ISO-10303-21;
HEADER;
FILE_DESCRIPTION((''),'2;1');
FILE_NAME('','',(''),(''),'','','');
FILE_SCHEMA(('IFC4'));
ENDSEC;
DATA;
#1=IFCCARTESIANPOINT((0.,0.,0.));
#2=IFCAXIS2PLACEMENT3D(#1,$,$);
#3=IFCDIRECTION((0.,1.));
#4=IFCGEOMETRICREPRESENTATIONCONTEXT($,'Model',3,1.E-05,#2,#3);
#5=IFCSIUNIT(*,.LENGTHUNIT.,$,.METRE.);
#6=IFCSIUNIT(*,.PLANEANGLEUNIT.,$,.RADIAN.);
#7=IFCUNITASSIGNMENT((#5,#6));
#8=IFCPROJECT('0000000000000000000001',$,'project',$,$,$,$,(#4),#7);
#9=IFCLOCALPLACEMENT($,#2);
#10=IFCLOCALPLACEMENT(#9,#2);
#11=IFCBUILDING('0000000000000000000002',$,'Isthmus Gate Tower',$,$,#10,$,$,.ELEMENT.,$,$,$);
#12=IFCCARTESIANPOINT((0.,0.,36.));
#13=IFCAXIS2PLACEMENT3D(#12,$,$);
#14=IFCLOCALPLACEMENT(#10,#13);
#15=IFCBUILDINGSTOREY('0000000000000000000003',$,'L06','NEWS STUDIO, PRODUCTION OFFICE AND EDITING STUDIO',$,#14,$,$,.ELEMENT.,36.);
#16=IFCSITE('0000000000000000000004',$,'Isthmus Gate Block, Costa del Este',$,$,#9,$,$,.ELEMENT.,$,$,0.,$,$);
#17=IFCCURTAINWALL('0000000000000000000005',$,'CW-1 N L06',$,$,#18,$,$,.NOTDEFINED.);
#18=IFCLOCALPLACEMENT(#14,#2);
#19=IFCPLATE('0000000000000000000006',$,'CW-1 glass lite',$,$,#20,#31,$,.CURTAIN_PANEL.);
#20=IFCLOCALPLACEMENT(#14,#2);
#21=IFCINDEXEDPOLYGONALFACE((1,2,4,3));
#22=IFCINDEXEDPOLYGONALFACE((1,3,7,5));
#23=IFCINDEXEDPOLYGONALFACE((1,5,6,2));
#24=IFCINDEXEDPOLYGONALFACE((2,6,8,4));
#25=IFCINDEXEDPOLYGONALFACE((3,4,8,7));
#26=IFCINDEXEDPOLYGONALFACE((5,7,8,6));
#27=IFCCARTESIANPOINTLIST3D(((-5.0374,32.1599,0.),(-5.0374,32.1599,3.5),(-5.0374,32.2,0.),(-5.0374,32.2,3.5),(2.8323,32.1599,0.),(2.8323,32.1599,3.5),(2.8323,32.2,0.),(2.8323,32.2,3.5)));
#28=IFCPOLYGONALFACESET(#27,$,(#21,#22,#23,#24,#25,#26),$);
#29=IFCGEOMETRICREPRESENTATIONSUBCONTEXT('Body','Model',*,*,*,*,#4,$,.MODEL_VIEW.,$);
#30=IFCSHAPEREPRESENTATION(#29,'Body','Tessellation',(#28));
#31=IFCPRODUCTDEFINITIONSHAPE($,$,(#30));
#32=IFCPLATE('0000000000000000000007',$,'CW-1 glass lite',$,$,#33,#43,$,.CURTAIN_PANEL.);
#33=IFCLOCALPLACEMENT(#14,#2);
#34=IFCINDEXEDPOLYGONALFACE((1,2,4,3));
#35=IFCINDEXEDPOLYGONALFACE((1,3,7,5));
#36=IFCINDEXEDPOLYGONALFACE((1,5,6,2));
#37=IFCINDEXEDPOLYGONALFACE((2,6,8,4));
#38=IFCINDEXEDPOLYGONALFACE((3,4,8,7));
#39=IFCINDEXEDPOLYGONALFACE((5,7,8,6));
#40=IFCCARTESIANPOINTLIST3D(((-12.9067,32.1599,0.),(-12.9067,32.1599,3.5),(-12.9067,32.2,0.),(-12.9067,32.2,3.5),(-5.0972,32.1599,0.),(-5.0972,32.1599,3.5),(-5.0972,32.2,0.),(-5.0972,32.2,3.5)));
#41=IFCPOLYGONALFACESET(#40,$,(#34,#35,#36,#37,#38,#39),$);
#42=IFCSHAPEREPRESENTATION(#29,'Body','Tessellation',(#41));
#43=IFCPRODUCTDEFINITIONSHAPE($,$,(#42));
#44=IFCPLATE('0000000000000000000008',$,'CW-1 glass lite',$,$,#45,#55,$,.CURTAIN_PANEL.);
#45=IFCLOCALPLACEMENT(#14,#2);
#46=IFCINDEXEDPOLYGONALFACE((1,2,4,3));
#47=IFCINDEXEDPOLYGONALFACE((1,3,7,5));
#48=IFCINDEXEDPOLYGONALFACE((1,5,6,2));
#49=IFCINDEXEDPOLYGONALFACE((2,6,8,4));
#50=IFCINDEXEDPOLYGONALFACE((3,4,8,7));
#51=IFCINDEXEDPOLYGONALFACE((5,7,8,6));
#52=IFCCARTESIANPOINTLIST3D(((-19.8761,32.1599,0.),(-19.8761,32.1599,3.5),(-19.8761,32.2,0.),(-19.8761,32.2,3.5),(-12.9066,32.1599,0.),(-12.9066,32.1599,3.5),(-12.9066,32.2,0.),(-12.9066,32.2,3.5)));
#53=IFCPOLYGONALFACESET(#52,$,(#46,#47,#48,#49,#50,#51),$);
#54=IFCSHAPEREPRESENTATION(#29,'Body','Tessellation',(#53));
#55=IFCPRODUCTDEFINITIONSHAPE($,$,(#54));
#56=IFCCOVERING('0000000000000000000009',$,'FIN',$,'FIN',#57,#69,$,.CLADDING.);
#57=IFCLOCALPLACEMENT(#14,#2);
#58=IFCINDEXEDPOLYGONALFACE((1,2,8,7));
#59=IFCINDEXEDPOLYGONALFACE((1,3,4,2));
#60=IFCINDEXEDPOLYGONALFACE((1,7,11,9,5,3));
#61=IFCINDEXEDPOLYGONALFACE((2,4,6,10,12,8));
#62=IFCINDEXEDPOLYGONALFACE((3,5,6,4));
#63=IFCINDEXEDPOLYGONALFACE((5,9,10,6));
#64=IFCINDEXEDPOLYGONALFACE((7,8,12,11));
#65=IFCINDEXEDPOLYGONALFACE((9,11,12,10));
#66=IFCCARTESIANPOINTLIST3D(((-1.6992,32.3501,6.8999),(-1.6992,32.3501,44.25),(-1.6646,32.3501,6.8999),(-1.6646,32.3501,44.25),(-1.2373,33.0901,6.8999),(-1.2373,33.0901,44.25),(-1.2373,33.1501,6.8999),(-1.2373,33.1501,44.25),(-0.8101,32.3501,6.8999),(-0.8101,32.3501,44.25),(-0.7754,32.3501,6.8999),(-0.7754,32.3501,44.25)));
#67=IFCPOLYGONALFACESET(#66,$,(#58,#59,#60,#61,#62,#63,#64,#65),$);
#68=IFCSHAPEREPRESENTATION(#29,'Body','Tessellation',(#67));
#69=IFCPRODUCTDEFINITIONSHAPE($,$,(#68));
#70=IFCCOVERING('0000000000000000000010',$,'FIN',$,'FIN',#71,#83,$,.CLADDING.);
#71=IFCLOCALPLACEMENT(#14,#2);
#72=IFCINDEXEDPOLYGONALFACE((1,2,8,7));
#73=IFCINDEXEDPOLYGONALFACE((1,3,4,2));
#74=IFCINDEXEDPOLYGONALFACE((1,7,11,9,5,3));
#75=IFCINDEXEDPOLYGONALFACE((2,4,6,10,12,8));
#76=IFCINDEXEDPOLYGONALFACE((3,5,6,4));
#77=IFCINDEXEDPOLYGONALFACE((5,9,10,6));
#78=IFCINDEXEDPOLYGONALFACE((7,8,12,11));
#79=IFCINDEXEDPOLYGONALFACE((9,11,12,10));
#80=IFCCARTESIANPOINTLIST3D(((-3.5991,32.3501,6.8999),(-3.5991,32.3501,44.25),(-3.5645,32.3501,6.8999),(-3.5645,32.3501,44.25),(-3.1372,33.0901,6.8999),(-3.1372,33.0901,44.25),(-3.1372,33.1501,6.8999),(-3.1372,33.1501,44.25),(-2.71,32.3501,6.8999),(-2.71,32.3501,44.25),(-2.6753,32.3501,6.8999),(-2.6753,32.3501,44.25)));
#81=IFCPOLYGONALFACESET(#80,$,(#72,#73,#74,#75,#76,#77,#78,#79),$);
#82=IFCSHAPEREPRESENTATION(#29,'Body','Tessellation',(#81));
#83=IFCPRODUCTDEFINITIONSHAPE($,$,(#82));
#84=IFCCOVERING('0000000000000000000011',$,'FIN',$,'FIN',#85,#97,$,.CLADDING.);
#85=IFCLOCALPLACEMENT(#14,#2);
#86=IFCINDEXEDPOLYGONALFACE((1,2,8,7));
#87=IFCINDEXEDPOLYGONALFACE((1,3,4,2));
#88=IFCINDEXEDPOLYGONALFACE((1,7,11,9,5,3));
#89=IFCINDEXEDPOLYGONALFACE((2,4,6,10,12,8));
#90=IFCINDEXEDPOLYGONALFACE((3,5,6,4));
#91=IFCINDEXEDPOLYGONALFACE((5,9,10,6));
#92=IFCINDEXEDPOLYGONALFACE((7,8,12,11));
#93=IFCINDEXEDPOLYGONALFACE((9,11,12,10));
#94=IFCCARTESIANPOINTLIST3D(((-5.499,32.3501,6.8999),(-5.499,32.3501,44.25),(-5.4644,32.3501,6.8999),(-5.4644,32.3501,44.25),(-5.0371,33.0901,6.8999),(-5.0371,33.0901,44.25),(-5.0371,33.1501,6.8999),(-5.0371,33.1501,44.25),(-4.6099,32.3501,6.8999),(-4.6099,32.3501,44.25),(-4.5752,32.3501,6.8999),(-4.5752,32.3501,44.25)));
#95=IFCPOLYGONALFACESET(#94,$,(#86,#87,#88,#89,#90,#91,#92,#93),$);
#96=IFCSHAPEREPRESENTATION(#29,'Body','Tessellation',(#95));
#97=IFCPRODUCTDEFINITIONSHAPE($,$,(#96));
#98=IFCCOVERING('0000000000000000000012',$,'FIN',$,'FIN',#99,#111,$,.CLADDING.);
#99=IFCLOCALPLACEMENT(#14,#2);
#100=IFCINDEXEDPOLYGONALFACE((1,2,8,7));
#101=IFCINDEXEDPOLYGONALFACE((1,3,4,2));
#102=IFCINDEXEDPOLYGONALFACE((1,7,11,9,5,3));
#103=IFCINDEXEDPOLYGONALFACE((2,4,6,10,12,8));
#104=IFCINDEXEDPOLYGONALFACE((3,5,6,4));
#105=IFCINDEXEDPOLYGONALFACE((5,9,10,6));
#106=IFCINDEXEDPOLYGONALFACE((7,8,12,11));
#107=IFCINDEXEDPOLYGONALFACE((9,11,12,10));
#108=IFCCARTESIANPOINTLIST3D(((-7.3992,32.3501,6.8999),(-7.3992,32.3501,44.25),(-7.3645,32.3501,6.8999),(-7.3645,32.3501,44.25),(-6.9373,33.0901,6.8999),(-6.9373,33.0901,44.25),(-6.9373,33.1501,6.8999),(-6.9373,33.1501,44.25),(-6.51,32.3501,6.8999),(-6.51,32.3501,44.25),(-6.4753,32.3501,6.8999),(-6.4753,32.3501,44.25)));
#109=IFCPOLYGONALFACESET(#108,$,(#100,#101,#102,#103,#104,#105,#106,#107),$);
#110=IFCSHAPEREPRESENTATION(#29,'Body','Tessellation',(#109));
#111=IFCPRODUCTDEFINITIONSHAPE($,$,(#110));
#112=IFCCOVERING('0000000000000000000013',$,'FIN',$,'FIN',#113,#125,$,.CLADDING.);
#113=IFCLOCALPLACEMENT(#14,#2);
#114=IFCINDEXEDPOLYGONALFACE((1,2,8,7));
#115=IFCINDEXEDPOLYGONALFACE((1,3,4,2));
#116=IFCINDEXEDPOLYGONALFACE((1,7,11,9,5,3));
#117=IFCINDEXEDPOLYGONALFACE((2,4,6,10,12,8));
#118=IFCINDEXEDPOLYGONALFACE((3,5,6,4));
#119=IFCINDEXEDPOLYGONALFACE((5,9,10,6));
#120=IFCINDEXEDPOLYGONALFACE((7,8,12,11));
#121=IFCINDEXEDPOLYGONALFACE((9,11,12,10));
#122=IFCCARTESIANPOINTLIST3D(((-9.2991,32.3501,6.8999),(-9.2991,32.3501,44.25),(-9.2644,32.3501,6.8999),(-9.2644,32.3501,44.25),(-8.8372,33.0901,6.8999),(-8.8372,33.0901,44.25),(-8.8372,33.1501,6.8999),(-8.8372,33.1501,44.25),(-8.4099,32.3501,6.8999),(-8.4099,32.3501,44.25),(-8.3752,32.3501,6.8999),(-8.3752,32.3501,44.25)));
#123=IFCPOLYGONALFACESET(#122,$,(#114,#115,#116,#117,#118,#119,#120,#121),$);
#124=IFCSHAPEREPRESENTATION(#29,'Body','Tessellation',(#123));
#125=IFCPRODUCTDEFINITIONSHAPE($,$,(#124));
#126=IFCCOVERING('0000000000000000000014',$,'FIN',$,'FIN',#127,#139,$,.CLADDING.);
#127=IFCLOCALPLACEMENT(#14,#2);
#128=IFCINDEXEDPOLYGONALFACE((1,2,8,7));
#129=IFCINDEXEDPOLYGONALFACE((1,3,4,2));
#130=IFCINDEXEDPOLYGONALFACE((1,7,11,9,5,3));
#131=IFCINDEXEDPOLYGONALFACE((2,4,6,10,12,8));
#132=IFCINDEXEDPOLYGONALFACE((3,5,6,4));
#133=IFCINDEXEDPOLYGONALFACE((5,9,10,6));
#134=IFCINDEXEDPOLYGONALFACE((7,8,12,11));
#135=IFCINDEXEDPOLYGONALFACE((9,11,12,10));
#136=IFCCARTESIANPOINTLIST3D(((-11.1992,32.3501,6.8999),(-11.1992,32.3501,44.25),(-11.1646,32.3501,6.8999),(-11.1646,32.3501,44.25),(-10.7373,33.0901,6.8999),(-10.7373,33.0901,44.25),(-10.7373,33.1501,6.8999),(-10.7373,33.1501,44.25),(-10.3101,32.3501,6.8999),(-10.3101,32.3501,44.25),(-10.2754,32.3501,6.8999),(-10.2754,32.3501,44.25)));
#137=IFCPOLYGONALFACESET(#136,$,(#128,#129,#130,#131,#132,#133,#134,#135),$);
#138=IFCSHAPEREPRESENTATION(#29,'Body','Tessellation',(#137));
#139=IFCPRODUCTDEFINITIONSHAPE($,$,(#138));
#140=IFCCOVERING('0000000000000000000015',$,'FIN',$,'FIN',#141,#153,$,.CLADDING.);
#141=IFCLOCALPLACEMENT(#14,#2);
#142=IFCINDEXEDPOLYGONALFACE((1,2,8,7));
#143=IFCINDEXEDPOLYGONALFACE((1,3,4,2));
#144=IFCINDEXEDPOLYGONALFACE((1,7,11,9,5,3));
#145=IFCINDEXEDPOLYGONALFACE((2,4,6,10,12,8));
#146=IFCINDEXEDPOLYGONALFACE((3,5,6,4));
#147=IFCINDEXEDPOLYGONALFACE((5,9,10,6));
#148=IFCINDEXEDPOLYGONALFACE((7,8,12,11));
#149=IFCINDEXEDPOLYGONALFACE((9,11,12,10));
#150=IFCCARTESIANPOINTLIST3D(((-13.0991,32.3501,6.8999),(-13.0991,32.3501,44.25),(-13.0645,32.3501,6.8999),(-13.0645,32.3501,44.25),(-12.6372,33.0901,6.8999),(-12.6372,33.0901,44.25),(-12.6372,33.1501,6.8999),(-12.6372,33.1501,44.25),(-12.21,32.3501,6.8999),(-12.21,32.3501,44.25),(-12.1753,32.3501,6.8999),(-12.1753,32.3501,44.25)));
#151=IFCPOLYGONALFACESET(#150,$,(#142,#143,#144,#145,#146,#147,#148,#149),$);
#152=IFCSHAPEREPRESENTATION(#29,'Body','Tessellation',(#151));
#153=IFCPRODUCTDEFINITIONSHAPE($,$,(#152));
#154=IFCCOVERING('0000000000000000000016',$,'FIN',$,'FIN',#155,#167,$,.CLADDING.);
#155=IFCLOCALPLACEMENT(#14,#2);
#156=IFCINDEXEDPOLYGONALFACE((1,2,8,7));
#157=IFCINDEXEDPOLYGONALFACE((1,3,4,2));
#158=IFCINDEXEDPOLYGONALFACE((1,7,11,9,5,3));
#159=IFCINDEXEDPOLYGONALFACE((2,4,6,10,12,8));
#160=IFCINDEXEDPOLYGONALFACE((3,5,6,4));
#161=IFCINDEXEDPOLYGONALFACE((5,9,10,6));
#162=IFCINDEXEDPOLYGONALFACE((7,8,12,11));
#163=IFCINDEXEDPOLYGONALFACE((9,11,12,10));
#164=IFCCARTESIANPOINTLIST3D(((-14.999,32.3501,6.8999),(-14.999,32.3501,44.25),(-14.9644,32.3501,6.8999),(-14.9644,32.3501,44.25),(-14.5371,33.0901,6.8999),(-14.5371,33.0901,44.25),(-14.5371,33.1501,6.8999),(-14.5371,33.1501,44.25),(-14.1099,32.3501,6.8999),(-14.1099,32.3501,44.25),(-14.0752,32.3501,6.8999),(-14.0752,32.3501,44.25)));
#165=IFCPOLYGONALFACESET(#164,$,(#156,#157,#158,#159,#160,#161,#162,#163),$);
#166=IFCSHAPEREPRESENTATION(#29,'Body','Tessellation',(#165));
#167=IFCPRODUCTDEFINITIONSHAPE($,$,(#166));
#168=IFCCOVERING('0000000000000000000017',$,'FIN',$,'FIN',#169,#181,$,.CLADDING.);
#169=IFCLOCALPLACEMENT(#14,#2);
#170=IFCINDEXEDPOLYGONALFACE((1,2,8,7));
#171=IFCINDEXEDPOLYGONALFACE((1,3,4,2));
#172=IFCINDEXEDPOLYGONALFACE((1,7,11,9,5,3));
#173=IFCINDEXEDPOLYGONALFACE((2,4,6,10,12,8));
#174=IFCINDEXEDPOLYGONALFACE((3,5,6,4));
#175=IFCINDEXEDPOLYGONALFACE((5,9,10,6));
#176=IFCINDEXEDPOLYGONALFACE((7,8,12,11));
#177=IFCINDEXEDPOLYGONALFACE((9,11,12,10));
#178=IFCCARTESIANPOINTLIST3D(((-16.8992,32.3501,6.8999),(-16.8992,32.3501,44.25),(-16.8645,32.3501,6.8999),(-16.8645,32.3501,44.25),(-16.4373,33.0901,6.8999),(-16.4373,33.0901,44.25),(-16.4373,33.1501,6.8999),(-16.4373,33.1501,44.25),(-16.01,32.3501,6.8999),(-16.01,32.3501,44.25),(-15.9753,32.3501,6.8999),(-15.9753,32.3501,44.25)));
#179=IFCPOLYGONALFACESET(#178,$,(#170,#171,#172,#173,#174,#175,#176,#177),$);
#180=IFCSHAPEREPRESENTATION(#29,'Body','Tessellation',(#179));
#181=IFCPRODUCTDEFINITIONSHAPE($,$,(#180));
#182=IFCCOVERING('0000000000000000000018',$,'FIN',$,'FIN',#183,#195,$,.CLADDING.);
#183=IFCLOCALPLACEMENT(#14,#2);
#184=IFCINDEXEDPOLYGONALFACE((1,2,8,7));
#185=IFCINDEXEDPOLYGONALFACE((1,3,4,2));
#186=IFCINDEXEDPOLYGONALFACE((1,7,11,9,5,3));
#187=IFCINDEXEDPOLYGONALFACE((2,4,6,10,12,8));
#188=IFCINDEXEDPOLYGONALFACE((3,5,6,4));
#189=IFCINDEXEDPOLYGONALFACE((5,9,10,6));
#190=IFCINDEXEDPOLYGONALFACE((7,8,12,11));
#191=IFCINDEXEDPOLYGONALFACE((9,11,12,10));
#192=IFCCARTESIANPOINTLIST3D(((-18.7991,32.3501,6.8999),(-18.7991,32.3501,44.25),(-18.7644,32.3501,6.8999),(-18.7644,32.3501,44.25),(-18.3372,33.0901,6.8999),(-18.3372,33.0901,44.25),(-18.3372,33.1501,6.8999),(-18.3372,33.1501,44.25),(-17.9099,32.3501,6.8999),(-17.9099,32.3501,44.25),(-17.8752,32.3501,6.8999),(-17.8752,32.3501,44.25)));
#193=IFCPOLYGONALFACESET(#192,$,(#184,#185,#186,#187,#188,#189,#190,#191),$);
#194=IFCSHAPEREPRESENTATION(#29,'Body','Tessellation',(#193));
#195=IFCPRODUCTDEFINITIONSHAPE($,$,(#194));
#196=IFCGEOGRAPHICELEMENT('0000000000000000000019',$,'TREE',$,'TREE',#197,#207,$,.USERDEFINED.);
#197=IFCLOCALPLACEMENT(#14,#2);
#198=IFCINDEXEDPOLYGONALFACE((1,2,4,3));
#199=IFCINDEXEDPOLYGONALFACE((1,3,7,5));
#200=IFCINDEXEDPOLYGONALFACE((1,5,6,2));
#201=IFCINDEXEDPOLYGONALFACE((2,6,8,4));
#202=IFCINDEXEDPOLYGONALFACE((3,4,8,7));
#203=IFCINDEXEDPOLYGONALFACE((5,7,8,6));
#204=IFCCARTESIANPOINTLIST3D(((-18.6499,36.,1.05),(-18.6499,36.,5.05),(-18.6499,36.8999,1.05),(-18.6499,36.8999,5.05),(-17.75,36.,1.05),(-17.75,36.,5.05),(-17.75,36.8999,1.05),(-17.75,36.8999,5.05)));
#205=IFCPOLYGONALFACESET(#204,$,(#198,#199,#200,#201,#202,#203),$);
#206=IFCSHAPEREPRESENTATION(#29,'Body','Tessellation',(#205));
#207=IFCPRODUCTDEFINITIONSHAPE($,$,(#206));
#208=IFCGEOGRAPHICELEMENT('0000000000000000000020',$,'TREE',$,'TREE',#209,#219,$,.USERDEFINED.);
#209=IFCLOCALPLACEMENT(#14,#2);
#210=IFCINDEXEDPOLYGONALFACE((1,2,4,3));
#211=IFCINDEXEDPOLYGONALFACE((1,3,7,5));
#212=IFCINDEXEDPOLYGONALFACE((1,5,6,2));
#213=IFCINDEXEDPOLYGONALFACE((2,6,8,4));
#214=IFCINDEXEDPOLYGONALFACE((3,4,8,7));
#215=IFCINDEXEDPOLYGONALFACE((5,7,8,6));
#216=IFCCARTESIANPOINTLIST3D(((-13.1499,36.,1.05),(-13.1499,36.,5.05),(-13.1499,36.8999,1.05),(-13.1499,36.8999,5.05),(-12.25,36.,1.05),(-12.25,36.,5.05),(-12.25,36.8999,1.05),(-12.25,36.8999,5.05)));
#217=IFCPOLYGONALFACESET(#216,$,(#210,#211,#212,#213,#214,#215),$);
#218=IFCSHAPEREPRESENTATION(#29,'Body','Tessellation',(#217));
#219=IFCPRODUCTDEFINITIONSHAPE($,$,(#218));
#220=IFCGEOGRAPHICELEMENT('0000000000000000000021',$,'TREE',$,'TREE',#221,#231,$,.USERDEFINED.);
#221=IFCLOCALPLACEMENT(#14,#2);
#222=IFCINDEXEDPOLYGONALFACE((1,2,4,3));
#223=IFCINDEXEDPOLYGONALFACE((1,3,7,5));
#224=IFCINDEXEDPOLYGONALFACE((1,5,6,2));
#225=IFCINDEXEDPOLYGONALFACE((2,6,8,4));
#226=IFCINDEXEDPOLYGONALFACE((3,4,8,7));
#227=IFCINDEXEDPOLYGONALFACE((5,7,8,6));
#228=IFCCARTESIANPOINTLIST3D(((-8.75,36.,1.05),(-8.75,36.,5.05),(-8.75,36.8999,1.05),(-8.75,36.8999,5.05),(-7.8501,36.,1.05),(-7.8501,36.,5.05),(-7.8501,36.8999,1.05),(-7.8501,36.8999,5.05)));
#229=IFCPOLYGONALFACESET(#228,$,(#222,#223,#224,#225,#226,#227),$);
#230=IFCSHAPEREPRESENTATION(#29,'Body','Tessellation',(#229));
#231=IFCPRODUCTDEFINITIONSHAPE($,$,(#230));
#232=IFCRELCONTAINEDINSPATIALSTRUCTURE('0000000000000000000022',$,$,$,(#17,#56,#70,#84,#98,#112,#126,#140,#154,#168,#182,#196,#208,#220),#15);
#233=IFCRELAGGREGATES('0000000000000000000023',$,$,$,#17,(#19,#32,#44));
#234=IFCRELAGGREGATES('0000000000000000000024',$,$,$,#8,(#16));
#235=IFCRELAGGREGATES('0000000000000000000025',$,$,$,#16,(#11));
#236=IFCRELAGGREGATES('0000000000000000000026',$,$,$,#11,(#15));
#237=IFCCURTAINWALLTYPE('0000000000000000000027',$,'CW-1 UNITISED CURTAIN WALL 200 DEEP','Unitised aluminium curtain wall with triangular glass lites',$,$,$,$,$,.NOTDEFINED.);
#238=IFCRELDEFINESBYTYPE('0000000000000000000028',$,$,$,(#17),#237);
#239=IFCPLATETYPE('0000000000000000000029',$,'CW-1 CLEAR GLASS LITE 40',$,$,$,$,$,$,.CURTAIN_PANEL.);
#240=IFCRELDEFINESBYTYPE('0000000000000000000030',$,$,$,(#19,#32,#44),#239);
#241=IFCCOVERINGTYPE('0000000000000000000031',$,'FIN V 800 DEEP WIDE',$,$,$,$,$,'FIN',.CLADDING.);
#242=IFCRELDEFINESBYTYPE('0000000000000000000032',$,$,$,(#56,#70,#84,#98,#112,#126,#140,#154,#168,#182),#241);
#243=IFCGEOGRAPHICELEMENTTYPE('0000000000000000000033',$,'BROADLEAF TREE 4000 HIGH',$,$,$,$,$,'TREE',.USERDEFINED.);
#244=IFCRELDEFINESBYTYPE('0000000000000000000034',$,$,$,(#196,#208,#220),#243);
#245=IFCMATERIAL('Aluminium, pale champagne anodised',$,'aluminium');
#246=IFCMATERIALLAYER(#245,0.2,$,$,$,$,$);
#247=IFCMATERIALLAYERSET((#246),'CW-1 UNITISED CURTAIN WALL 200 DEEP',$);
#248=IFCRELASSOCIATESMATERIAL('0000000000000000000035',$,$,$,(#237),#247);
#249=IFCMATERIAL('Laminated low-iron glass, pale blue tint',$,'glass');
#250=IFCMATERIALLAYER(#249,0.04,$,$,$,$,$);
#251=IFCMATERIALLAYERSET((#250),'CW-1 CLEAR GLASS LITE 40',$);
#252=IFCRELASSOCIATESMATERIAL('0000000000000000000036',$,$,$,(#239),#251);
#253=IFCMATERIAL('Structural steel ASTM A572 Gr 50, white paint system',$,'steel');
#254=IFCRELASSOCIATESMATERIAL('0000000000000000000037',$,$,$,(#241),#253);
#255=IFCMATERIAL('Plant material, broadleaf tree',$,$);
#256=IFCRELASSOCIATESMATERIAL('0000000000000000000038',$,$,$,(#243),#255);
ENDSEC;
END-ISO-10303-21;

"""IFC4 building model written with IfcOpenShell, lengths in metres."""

from ifc_helpers import new_model, si_unit, direction, frame, origin, origin_2d, place, context, subcontext, project, spatial, polyline, rectangle, outline, extrude, material, layer, layer_set, material_profile, profile_set, type_object, element, aggregate, save


model = new_model("IFC4")

# Units and contexts
model_context = context("Model", 3, precision=1e-05, world=origin(), true_north=direction((0.0, 1.0)))
body_context = subcontext(model_context, "Body", "Model", "MODEL_VIEW")
ifc_project = project(units=[si_unit("LENGTHUNIT", "METRE"), si_unit("PLANEANGLEUNIT", "RADIAN")], contexts=[model_context])

# Site, building, storey
site_placement = place(None, origin())
site = spatial("IfcSite", under=ifc_project, at=site_placement, Name="Isthmus Gate Block, Costa del Este", CompositionType="ELEMENT", RefElevation=0.0)
building_placement = place(site_placement, origin())
building = spatial("IfcBuilding", under=site, at=building_placement, Name="Isthmus Gate Tower", CompositionType="ELEMENT")
storey_placement = place(building_placement, frame((0.0, 0.0, 36.0)))
storey = spatial("IfcBuildingStorey", under=building, at=storey_placement, Name="L06", Description="NEWS STUDIO, PRODUCTION OFFICE AND EDITING STUDIO", CompositionType="ELEMENT", Elevation=36.0)

# Curtain wall
ifc_material_1 = material(Name="Aluminium, pale champagne anodised", Category="aluminium")
ifc_layer_1 = layer(ifc_material_1, 0.2)
ifc_layer_set_1 = layer_set([ifc_layer_1], Name="CW-1 UNITISED CURTAIN WALL 200 DEEP")
curtain_wall_type = type_object("IfcCurtainWallType", Name="CW-1 UNITISED CURTAIN WALL 200 DEEP", Description="Unitised aluminium curtain wall with triangular glass lites", PredefinedType="NOTDEFINED", material=ifc_layer_set_1)
curtain_wall_1_placement = place(storey_placement, origin())
curtain_wall_1 = element("IfcCurtainWall", 1, at=curtain_wall_1_placement, inside=storey, type_object=curtain_wall_type, Name="CW-1 N L06", PredefinedType="NOTDEFINED")

# Plates
ifc_material_2 = material(Name="Laminated low-iron glass, pale blue tint", Category="glass")
ifc_layer_2 = layer(ifc_material_2, 0.04)
ifc_layer_set_2 = layer_set([ifc_layer_2], Name="CW-1 CLEAR GLASS LITE 40")
plate_type = type_object("IfcPlateType", Name="CW-1 CLEAR GLASS LITE 40", PredefinedType="CURTAIN_PANEL", material=ifc_layer_set_2)
plate_1_placement = place(storey_placement, frame((-1.1025, 32.1799, 0.0), z_axis=(0.0, 0.0, 1.0), x_axis=(-1.0, 0.0, 0.0)))
plate_1 = element("IfcPlate", 2, at=plate_1_placement, type_object=plate_type, Name="CW-1 glass lite", PredefinedType="CURTAIN_PANEL", context=body_context, shape_type="SweptSolid", body=[
    extrude(rectangle(XDim=7.8696, YDim=0.04, at=origin_2d()), origin(), (0.0, 0.0, 1.0), 3.5),
])
plate_2_placement = place(storey_placement, frame((-9.002, 32.1799, 0.0), z_axis=(0.0, 0.0, 1.0), x_axis=(-1.0, 0.0, 0.0)))
plate_2 = element("IfcPlate", 3, at=plate_2_placement, type_object=plate_type, Name="CW-1 glass lite", PredefinedType="CURTAIN_PANEL", context=body_context, shape_type="SweptSolid", body=[
    extrude(rectangle(XDim=7.8096, YDim=0.04, at=origin_2d()), origin(), (0.0, 0.0, 1.0), 3.5),
])
plate_3_placement = place(storey_placement, frame((-16.3914, 32.1799, 0.0), z_axis=(0.0, 0.0, 1.0), x_axis=(-1.0, 0.0, 0.0)))
plate_3 = element("IfcPlate", 4, at=plate_3_placement, type_object=plate_type, Name="CW-1 glass lite", PredefinedType="CURTAIN_PANEL", context=body_context, shape_type="SweptSolid", body=[
    extrude(rectangle(XDim=6.9695, YDim=0.04, at=origin_2d()), origin(), (0.0, 0.0, 1.0), 3.5),
])
aggregate(curtain_wall_1, [plate_1, plate_2, plate_3])

# Coverings
ifc_material_3 = material(Name="Structural steel ASTM A572 Gr 50, white paint system", Category="steel")
ifc_material_profile_1 = material_profile(ifc_material_3, outline(polyline([(0.0, -0.4619), (0.8, 0.0), (0.0, 0.4619), (0.0, 0.4272), (0.74, 0.0), (0.0, -0.4272), (0.0, -0.4619)])), Name="V800W")
ifc_profile_set_1 = profile_set([ifc_material_profile_1], Name="Structural steel ASTM A572 Gr 50, white paint system")
covering_type = type_object("IfcCoveringType", Name="FIN V 800 DEEP WIDE", ElementType="FIN", PredefinedType="CLADDING", material=ifc_profile_set_1)
for number, where, z_axis, x_axis, name in (
    (5, (-1.2373, 32.3501, 6.8999), (0.0, 0.0, 1.0), (0.0, 1.0, 0.0), "FIN"),
    (6, (-3.1372, 32.3501, 6.8999), (0.0, 0.0, 1.0), (0.0, 1.0, 0.0), "FIN"),
    (7, (-5.0371, 32.3501, 6.8999), (0.0, 0.0, 1.0), (0.0, 1.0, 0.0), "FIN"),
    (8, (-6.9373, 32.3501, 6.8999), (0.0, 0.0, 1.0), (0.0, 1.0, 0.0), "FIN"),
    (9, (-8.8372, 32.3501, 6.8999), (0.0, 0.0, 1.0), (0.0, 1.0, 0.0), "FIN"),
    (10, (-10.7373, 32.3501, 6.8999), (0.0, 0.0, 1.0), (0.0, 1.0, 0.0), "FIN"),
    (11, (-12.6372, 32.3501, 6.8999), (0.0, 0.0, 1.0), (0.0, 1.0, 0.0), "FIN"),
    (12, (-14.5371, 32.3501, 6.8999), (0.0, 0.0, 1.0), (0.0, 1.0, 0.0), "FIN"),
    (13, (-16.4373, 32.3501, 6.8999), (0.0, 0.0, 1.0), (0.0, 1.0, 0.0), "FIN"),
    (14, (-18.3372, 32.3501, 6.8999), (0.0, 0.0, 1.0), (0.0, 1.0, 0.0), "FIN"),
):
    element("IfcCovering", number, at=place(storey_placement, frame(where, z_axis=z_axis, x_axis=x_axis)), inside=storey, type_object=covering_type, Name=name, ObjectType="FIN", PredefinedType="CLADDING", context=body_context, shape_type="SweptSolid", body=[
        extrude(outline(polyline([(0.0, -0.4619), (0.8, 0.0), (0.0, 0.4619), (0.0, 0.4272), (0.74, 0.0), (0.0, -0.4272), (0.0, -0.4619)])), origin(), (0.0, 0.0, 1.0), 37.3501),
    ])

# Geographic elements
ifc_material_4 = material(Name="Plant material, broadleaf tree")
geographic_element_type = type_object("IfcGeographicElementType", Name="BROADLEAF TREE 4000 HIGH", ElementType="TREE", PredefinedType="USERDEFINED", material=ifc_material_4)
for number, where, z_axis, x_axis, name in (
    (15, (-18.2, 36.45, 1.05), (0.0, 0.0, 1.0), (1.0, 0.0, 0.0), "TREE"),
    (16, (-12.7, 36.45, 1.05), (0.0, 0.0, 1.0), (1.0, 0.0, 0.0), "TREE"),
    (17, (-8.3, 36.45, 1.05), (0.0, 0.0, 1.0), (1.0, 0.0, 0.0), "TREE"),
):
    element("IfcGeographicElement", number, at=place(storey_placement, frame(where, z_axis=z_axis, x_axis=x_axis)), inside=storey, type_object=geographic_element_type, Name=name, ObjectType="TREE", PredefinedType="USERDEFINED", context=body_context, shape_type="SweptSolid", body=[
        extrude(rectangle(XDim=0.8999, YDim=0.8999, at=origin_2d()), origin(), (0.0, 0.0, 1.0), 4.0),
    ])

save(model, "model.ifc")
